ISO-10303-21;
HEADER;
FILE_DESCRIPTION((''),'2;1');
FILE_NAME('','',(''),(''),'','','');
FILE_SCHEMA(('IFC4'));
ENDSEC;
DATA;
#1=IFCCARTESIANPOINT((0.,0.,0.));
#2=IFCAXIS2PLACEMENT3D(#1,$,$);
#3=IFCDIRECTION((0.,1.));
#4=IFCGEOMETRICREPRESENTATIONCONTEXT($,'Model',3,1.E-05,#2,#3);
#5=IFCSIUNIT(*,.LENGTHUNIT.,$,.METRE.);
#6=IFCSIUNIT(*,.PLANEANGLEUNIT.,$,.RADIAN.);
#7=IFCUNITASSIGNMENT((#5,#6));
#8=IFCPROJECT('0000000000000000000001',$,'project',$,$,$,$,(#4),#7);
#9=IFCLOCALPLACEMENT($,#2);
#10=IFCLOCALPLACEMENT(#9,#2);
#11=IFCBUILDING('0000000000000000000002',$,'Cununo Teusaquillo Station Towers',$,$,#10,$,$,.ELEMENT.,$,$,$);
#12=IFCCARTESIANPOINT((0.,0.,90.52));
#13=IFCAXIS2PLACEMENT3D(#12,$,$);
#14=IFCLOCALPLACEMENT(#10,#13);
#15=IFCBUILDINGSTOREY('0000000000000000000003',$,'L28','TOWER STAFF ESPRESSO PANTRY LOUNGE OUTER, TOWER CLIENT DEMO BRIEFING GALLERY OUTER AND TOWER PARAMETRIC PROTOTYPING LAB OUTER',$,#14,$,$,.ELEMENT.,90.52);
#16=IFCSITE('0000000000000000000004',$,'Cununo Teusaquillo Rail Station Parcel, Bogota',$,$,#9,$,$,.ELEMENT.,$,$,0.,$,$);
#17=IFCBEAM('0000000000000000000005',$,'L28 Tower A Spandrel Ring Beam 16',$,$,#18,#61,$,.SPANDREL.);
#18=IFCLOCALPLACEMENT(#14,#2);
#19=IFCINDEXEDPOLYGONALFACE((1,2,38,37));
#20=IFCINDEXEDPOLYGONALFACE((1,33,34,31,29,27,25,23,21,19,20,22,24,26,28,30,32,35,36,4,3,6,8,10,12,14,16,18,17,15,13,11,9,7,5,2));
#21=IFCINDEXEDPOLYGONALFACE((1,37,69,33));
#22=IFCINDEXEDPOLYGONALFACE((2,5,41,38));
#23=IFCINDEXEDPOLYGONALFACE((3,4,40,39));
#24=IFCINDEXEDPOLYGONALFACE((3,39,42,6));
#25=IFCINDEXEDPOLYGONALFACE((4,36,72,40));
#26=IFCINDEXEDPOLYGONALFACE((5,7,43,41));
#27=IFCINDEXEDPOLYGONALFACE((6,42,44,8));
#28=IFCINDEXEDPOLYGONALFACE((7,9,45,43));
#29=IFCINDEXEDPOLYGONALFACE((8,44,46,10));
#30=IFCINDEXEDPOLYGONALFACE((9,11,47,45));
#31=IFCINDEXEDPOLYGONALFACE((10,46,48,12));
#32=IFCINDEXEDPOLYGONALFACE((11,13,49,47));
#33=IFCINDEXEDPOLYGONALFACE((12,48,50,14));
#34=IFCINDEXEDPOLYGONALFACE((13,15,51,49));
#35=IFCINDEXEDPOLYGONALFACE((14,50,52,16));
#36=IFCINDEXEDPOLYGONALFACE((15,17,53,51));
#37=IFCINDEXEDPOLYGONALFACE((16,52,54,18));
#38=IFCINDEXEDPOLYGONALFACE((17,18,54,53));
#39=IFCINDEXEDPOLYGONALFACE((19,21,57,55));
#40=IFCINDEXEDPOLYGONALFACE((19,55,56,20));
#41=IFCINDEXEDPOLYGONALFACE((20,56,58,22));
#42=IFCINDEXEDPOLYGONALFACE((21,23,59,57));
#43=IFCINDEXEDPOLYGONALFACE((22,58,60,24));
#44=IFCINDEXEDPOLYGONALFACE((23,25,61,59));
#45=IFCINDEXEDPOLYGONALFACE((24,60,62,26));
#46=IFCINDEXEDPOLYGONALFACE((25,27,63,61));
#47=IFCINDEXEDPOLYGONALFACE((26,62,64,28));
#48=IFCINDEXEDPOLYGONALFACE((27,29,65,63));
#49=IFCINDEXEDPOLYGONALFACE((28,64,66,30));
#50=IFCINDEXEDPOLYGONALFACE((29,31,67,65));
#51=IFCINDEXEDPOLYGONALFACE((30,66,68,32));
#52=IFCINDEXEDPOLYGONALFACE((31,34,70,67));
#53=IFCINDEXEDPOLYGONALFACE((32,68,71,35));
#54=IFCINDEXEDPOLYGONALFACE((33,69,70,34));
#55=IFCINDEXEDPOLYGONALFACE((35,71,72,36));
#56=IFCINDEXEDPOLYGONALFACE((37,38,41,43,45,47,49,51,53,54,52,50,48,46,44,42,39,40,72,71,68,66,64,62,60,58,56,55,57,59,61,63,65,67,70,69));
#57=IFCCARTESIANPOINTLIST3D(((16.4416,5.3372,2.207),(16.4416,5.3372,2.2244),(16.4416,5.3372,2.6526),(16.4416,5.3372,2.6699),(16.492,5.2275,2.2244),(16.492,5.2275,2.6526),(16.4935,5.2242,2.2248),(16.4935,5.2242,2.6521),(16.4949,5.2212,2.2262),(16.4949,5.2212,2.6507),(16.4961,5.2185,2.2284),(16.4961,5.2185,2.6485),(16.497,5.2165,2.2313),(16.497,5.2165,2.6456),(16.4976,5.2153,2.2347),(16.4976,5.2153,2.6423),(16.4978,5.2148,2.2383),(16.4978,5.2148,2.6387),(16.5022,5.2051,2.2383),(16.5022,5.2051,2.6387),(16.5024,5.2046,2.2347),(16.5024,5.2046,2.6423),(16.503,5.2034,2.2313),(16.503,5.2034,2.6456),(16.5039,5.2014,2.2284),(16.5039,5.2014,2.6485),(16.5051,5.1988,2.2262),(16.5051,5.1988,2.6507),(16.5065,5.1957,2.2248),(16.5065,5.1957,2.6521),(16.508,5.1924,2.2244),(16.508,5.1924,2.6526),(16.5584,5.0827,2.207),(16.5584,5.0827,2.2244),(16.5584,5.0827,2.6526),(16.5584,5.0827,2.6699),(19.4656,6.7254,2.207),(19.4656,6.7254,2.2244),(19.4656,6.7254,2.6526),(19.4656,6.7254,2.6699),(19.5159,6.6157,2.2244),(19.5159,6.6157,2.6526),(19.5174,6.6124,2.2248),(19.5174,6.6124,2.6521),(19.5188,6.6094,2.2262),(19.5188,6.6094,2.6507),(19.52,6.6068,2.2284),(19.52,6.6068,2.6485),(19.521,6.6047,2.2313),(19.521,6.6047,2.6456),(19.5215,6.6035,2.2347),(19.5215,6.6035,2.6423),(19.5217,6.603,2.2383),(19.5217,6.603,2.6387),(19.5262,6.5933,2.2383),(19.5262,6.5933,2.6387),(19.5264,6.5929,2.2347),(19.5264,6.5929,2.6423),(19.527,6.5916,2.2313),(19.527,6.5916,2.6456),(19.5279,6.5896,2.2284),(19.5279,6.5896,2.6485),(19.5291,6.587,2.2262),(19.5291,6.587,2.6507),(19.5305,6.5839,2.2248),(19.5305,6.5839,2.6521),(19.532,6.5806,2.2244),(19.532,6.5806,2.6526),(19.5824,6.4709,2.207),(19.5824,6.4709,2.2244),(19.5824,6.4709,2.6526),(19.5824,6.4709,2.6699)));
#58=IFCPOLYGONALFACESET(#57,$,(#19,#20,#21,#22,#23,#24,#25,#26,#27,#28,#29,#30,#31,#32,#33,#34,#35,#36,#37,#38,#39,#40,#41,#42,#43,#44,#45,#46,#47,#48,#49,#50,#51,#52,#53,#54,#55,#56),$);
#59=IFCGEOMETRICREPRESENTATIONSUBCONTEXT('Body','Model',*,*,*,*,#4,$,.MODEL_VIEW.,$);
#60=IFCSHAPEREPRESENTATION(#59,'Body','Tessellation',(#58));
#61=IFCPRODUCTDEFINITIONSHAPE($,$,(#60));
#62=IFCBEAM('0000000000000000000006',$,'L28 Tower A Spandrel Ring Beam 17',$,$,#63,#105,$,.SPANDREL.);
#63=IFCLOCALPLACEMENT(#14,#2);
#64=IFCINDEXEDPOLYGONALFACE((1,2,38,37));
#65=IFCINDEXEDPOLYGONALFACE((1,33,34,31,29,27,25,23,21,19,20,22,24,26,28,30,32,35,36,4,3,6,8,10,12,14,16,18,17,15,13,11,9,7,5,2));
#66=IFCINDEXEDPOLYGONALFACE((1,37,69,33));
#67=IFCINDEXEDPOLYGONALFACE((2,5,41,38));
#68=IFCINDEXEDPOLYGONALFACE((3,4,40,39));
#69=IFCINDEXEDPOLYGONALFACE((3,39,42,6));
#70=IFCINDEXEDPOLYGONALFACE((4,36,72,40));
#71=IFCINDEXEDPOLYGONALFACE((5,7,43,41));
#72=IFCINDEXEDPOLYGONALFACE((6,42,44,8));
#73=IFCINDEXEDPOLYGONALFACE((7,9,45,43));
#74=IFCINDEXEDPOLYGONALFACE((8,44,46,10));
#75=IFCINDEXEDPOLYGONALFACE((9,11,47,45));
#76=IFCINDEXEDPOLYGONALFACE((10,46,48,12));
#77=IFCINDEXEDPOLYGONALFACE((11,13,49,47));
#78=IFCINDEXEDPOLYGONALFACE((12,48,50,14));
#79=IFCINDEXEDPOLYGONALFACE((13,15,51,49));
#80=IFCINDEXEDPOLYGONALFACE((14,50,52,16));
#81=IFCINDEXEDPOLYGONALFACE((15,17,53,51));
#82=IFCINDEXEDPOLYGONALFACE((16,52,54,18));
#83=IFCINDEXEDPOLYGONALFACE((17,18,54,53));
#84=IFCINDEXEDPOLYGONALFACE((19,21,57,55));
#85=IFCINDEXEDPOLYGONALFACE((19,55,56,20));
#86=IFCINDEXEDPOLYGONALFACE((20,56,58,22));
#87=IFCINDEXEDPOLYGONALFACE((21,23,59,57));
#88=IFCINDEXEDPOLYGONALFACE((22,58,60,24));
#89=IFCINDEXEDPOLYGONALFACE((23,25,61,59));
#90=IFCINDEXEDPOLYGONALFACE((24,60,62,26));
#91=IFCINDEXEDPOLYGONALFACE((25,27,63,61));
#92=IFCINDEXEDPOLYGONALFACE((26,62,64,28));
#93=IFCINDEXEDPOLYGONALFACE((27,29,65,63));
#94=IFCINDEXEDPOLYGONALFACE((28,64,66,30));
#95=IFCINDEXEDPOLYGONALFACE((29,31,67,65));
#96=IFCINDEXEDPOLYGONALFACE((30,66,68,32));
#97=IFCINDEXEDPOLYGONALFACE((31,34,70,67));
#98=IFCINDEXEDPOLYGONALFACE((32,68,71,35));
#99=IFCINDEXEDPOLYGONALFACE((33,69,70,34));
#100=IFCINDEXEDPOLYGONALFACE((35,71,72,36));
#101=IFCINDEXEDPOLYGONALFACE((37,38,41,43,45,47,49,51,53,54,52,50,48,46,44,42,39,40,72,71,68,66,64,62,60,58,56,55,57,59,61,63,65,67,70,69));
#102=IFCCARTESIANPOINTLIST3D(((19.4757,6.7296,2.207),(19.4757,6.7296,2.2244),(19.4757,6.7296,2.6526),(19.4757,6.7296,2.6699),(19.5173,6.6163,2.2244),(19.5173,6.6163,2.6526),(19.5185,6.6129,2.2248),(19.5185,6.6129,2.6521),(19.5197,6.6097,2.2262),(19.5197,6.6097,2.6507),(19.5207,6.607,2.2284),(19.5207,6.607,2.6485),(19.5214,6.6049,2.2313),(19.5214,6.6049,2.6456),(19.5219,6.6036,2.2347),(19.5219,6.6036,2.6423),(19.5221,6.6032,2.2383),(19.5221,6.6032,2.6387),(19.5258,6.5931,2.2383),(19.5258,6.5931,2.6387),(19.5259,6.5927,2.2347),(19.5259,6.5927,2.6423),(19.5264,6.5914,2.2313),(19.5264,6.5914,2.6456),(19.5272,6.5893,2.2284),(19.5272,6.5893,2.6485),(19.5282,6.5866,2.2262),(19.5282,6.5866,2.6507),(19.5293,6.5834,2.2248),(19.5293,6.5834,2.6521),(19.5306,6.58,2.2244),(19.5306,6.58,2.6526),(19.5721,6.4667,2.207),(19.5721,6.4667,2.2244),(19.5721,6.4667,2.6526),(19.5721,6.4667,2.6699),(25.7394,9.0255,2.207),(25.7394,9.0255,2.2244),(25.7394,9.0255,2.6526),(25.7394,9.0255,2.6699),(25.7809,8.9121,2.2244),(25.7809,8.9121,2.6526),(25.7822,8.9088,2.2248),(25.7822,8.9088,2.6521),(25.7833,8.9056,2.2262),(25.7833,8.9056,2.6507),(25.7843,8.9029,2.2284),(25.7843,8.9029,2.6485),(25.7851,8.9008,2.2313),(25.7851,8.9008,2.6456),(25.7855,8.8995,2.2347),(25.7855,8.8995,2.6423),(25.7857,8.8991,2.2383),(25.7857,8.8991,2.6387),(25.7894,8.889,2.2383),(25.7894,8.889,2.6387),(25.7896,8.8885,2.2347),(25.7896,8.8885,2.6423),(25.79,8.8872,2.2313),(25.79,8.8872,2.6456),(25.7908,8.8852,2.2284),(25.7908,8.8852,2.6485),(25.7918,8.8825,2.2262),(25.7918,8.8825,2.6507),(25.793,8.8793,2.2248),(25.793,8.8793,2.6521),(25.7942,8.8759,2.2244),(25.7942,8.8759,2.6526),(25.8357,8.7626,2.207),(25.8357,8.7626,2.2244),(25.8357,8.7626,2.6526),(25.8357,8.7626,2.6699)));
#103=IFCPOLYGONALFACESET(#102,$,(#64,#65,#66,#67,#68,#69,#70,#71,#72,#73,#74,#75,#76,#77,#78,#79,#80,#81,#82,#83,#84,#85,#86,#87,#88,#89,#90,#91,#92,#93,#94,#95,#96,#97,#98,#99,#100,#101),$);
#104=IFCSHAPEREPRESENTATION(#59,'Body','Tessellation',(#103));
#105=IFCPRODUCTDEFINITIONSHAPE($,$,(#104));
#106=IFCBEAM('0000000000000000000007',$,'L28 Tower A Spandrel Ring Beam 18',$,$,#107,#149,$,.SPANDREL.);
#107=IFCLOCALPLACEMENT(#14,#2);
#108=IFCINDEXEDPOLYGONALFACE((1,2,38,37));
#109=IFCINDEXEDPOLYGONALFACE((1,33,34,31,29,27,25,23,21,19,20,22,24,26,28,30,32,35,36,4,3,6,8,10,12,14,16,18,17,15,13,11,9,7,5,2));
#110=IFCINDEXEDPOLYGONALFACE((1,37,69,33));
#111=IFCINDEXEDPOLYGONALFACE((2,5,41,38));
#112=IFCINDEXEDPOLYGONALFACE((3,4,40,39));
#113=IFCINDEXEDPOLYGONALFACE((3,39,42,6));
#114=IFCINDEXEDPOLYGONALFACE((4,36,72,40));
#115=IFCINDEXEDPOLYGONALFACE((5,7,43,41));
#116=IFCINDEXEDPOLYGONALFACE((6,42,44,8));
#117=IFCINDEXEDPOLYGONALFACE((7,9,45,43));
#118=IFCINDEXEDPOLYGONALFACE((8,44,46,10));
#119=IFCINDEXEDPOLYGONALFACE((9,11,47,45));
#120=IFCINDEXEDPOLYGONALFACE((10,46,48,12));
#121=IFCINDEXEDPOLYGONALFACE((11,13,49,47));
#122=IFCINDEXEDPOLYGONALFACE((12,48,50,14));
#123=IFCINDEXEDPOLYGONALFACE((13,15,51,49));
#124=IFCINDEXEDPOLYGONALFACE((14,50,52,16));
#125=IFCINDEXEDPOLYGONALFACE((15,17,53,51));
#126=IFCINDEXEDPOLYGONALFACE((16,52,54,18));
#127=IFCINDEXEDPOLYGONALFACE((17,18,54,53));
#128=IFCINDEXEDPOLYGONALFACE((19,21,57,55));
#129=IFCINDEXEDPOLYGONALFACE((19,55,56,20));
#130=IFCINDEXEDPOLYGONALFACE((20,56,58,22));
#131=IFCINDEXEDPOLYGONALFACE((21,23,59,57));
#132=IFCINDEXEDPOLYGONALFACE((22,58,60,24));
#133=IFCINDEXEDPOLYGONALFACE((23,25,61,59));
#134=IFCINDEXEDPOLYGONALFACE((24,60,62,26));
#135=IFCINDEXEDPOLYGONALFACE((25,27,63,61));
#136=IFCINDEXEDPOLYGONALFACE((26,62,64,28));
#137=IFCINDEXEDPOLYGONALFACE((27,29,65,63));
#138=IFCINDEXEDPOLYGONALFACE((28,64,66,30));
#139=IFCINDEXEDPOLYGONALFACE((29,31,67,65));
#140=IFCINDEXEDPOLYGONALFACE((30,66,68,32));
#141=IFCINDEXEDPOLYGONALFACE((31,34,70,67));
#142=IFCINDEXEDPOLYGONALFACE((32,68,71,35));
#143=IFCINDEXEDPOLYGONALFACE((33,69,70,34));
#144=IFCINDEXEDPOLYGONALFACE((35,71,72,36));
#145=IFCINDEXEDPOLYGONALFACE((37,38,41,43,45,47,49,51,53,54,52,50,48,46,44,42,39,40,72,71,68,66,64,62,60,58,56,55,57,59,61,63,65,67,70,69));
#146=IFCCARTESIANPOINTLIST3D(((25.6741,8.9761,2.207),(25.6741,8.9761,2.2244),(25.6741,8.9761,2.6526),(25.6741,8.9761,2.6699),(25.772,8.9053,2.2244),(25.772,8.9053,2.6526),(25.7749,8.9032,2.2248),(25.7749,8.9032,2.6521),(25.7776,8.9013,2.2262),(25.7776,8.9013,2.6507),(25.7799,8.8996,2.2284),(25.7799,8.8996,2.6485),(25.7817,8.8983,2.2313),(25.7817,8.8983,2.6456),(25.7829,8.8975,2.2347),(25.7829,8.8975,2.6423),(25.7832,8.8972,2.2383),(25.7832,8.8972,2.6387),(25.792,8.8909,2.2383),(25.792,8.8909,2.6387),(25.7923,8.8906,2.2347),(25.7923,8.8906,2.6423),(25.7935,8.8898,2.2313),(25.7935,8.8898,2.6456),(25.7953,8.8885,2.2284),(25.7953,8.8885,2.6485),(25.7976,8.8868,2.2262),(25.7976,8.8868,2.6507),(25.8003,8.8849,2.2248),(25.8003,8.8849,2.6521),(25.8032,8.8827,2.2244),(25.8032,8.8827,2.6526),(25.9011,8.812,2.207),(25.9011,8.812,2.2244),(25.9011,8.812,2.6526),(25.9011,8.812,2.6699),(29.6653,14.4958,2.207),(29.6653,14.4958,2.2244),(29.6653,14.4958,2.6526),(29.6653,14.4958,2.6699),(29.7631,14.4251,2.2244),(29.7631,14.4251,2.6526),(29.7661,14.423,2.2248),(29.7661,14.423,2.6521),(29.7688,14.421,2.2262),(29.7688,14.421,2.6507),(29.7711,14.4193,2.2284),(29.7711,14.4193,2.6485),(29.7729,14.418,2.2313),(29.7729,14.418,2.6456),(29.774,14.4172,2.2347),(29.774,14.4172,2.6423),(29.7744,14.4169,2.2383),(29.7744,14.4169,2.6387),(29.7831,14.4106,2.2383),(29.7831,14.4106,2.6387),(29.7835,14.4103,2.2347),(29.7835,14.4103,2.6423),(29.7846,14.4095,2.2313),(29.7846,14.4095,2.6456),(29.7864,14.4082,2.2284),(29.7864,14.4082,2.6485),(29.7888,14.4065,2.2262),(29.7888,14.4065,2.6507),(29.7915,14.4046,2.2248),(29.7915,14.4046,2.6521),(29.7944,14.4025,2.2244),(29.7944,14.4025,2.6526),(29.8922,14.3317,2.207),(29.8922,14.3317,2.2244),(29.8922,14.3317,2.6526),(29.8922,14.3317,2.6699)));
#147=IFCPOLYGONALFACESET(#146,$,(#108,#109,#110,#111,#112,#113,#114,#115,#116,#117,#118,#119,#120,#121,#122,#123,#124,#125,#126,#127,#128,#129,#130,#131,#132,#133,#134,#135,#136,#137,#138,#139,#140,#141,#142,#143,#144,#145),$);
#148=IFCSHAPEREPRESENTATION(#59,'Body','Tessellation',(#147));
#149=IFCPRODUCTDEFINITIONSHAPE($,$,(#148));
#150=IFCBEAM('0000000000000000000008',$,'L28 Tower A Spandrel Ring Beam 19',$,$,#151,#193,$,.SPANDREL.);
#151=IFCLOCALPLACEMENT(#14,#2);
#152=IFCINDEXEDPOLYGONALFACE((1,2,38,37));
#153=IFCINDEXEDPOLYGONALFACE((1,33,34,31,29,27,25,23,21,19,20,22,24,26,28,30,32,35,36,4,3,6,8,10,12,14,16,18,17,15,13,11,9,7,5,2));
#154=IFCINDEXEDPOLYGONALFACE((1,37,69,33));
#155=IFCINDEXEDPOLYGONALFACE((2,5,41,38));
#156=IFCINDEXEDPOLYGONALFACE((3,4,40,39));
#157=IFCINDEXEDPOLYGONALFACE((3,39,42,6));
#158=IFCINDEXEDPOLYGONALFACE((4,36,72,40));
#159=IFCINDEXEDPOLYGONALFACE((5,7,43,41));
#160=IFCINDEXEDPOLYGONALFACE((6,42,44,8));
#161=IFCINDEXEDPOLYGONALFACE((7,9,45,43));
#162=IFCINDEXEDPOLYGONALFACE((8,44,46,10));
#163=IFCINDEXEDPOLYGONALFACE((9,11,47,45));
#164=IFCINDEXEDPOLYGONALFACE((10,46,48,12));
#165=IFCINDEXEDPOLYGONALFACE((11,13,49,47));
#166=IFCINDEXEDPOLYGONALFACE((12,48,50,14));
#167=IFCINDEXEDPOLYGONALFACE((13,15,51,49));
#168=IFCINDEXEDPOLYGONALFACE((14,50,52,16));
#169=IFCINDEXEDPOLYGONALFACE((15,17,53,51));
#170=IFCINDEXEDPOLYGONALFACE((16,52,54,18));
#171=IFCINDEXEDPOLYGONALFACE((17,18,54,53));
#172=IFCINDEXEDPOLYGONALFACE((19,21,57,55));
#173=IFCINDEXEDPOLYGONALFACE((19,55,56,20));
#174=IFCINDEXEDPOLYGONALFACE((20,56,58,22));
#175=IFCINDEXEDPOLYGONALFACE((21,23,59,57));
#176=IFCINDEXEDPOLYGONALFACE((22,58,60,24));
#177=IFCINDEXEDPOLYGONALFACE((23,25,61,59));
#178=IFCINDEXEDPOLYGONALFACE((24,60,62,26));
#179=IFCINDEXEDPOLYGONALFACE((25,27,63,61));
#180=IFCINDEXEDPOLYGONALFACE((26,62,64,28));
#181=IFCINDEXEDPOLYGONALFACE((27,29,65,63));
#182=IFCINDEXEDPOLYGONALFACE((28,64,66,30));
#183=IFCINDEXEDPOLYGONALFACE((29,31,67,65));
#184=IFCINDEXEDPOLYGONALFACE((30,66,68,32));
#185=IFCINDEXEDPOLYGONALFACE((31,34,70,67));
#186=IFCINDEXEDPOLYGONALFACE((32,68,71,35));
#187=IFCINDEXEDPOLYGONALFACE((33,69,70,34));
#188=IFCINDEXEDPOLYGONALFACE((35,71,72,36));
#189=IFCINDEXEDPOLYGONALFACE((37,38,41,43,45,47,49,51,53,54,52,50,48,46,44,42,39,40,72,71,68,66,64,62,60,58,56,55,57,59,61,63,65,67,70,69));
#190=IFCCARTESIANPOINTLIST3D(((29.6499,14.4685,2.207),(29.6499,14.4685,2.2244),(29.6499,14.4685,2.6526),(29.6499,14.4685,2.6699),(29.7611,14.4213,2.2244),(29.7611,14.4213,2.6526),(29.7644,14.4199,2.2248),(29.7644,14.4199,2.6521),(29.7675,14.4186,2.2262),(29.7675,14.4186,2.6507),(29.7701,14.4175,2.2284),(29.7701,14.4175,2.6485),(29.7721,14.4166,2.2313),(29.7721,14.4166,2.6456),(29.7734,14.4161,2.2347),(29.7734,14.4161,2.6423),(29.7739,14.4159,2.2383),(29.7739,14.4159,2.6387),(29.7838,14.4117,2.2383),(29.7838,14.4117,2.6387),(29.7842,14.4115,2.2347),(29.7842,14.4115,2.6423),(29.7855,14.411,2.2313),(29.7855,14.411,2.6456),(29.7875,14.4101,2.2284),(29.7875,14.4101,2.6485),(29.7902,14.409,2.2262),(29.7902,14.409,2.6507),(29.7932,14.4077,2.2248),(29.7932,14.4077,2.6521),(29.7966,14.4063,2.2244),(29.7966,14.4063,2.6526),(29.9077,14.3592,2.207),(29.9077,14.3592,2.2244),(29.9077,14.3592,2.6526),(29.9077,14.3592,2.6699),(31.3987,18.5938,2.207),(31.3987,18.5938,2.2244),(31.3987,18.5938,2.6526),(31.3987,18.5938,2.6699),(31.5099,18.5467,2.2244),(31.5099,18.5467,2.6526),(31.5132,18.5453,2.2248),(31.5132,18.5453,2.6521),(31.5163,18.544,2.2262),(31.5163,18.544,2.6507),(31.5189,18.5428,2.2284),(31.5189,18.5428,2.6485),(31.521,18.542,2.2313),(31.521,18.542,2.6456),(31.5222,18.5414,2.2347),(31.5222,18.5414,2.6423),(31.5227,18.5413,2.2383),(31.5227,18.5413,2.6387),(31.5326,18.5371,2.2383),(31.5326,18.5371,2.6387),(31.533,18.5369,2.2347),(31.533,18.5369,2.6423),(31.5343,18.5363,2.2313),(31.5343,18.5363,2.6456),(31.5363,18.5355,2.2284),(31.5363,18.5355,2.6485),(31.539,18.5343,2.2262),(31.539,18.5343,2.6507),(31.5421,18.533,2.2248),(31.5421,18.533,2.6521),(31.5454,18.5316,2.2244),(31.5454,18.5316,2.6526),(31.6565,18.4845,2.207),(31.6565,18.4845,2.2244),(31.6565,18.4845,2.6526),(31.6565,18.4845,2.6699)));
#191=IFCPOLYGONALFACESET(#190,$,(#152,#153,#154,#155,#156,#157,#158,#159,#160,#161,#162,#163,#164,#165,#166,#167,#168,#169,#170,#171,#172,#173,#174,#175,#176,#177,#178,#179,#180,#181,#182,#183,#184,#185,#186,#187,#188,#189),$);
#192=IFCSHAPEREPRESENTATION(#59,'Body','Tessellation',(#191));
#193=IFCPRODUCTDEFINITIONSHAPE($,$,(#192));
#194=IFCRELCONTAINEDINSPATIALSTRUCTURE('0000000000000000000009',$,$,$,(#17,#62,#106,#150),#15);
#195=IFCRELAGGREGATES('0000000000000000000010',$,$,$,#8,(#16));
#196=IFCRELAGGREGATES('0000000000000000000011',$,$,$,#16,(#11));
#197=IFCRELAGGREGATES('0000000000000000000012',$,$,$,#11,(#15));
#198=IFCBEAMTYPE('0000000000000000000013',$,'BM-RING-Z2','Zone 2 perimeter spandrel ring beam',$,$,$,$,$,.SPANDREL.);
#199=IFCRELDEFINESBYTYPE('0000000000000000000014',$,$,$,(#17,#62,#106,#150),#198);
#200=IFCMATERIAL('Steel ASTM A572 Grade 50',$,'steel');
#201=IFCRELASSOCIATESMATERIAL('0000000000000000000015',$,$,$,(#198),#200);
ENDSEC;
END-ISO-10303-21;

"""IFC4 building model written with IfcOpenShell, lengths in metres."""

from ifc_helpers import new_model, si_unit, direction, frame, origin, origin_2d, place, context, subcontext, project, spatial, i_section, extrude, material, material_profile, profile_set, type_object, element, save


model = new_model("IFC4")

# Units and contexts
model_context = context("Model", 3, precision=1e-05, world=origin(), true_north=direction((0.0, 1.0)))
body_context = subcontext(model_context, "Body", "Model", "MODEL_VIEW")
ifc_project = project(units=[si_unit("LENGTHUNIT", "METRE"), si_unit("PLANEANGLEUNIT", "RADIAN")], contexts=[model_context])

# Site, building, storey
site_placement = place(None, origin())
site = spatial("IfcSite", under=ifc_project, at=site_placement, Name="Cununo Teusaquillo Rail Station Parcel, Bogota", CompositionType="ELEMENT", RefElevation=0.0)
building_placement = place(site_placement, origin())
building = spatial("IfcBuilding", under=site, at=building_placement, Name="Cununo Teusaquillo Station Towers", CompositionType="ELEMENT")
storey_placement = place(building_placement, frame((0.0, 0.0, 90.52)))
storey = spatial("IfcBuildingStorey", under=building, at=storey_placement, Name="L28", Description="TOWER STAFF ESPRESSO PANTRY LOUNGE OUTER, TOWER CLIENT DEMO BRIEFING GALLERY OUTER AND TOWER PARAMETRIC PROTOTYPING LAB OUTER", CompositionType="ELEMENT", Elevation=90.52)

# Beams
ifc_material_1 = material(Name="Steel ASTM A572 Grade 50", Category="steel")
ifc_material_profile_1 = material_profile(ifc_material_1, i_section(OverallWidth=0.28, OverallDepth=0.4629, WebThickness=0.0107, FlangeThickness=0.0173, FilletRadius=0.0139, at=origin_2d()), Name="W18X76")
ifc_profile_set_1 = profile_set([ifc_material_profile_1], Name="Steel ASTM A572 Grade 50")
beam_type_1 = type_object("IfcBeamType", Name="BM-RING-Z2", Description="Zone 2 perimeter spandrel ring beam", PredefinedType="SPANDREL", material=ifc_profile_set_1)
beam_1_placement = place(storey_placement, frame((16.5, 5.21, 2.4385), z_axis=(0.908812, 0.417205, 0.0), x_axis=(-0.417205, 0.908812, 0.0)))
element("IfcBeam", 1, at=beam_1_placement, inside=storey, type_object=beam_type_1, Name="L28 Tower A Spandrel Ring Beam 16", PredefinedType="SPANDREL", context=body_context, shape_type="SweptSolid", body=[
    extrude(i_section(OverallWidth=0.28, OverallDepth=0.4629, WebThickness=0.0107, FlangeThickness=0.0173, FilletRadius=0.0139, at=origin_2d()), origin(), (0.0, 0.0, 1.0), 3.3274),
])
beam_2_placement = place(storey_placement, frame((19.5239, 6.5981, 2.4385), z_axis=(0.938914, 0.344151, 0.0), x_axis=(-0.344151, 0.938914, 0.0)))
element("IfcBeam", 2, at=beam_2_placement, inside=storey, type_object=beam_type_1, Name="L28 Tower A Spandrel Ring Beam 17", PredefinedType="SPANDREL", context=body_context, shape_type="SweptSolid", body=[
    extrude(i_section(OverallWidth=0.28, OverallDepth=0.4629, WebThickness=0.0107, FlangeThickness=0.0173, FilletRadius=0.0139, at=origin_2d()), origin(), (0.0, 0.0, 1.0), 6.6711),
])
beam_3_placement = place(storey_placement, frame((25.7876, 8.894, 2.4385), z_axis=(0.585945, 0.810351, 0.0), x_axis=(-0.810351, 0.585945, 0.0)))
element("IfcBeam", 3, at=beam_3_placement, inside=storey, type_object=beam_type_1, Name="L28 Tower A Spandrel Ring Beam 18", PredefinedType="SPANDREL", context=body_context, shape_type="SweptSolid", body=[
    extrude(i_section(OverallWidth=0.28, OverallDepth=0.4629, WebThickness=0.0107, FlangeThickness=0.0173, FilletRadius=0.0139, at=origin_2d()), origin(), (0.0, 0.0, 1.0), 6.8115),
])
beam_4_placement = place(storey_placement, frame((29.7788, 14.4138, 2.4385), z_axis=(0.390299, 0.920688, 0.0), x_axis=(-0.920688, 0.390299, 0.0)))
element("IfcBeam", 4, at=beam_4_placement, inside=storey, type_object=beam_type_1, Name="L28 Tower A Spandrel Ring Beam 19", PredefinedType="SPANDREL", context=body_context, shape_type="SweptSolid", body=[
    extrude(i_section(OverallWidth=0.28, OverallDepth=0.4629, WebThickness=0.0107, FlangeThickness=0.0173, FilletRadius=0.0139, at=origin_2d()), origin(), (0.0, 0.0, 1.0), 4.4807),
])

save(model, "model.ifc")
